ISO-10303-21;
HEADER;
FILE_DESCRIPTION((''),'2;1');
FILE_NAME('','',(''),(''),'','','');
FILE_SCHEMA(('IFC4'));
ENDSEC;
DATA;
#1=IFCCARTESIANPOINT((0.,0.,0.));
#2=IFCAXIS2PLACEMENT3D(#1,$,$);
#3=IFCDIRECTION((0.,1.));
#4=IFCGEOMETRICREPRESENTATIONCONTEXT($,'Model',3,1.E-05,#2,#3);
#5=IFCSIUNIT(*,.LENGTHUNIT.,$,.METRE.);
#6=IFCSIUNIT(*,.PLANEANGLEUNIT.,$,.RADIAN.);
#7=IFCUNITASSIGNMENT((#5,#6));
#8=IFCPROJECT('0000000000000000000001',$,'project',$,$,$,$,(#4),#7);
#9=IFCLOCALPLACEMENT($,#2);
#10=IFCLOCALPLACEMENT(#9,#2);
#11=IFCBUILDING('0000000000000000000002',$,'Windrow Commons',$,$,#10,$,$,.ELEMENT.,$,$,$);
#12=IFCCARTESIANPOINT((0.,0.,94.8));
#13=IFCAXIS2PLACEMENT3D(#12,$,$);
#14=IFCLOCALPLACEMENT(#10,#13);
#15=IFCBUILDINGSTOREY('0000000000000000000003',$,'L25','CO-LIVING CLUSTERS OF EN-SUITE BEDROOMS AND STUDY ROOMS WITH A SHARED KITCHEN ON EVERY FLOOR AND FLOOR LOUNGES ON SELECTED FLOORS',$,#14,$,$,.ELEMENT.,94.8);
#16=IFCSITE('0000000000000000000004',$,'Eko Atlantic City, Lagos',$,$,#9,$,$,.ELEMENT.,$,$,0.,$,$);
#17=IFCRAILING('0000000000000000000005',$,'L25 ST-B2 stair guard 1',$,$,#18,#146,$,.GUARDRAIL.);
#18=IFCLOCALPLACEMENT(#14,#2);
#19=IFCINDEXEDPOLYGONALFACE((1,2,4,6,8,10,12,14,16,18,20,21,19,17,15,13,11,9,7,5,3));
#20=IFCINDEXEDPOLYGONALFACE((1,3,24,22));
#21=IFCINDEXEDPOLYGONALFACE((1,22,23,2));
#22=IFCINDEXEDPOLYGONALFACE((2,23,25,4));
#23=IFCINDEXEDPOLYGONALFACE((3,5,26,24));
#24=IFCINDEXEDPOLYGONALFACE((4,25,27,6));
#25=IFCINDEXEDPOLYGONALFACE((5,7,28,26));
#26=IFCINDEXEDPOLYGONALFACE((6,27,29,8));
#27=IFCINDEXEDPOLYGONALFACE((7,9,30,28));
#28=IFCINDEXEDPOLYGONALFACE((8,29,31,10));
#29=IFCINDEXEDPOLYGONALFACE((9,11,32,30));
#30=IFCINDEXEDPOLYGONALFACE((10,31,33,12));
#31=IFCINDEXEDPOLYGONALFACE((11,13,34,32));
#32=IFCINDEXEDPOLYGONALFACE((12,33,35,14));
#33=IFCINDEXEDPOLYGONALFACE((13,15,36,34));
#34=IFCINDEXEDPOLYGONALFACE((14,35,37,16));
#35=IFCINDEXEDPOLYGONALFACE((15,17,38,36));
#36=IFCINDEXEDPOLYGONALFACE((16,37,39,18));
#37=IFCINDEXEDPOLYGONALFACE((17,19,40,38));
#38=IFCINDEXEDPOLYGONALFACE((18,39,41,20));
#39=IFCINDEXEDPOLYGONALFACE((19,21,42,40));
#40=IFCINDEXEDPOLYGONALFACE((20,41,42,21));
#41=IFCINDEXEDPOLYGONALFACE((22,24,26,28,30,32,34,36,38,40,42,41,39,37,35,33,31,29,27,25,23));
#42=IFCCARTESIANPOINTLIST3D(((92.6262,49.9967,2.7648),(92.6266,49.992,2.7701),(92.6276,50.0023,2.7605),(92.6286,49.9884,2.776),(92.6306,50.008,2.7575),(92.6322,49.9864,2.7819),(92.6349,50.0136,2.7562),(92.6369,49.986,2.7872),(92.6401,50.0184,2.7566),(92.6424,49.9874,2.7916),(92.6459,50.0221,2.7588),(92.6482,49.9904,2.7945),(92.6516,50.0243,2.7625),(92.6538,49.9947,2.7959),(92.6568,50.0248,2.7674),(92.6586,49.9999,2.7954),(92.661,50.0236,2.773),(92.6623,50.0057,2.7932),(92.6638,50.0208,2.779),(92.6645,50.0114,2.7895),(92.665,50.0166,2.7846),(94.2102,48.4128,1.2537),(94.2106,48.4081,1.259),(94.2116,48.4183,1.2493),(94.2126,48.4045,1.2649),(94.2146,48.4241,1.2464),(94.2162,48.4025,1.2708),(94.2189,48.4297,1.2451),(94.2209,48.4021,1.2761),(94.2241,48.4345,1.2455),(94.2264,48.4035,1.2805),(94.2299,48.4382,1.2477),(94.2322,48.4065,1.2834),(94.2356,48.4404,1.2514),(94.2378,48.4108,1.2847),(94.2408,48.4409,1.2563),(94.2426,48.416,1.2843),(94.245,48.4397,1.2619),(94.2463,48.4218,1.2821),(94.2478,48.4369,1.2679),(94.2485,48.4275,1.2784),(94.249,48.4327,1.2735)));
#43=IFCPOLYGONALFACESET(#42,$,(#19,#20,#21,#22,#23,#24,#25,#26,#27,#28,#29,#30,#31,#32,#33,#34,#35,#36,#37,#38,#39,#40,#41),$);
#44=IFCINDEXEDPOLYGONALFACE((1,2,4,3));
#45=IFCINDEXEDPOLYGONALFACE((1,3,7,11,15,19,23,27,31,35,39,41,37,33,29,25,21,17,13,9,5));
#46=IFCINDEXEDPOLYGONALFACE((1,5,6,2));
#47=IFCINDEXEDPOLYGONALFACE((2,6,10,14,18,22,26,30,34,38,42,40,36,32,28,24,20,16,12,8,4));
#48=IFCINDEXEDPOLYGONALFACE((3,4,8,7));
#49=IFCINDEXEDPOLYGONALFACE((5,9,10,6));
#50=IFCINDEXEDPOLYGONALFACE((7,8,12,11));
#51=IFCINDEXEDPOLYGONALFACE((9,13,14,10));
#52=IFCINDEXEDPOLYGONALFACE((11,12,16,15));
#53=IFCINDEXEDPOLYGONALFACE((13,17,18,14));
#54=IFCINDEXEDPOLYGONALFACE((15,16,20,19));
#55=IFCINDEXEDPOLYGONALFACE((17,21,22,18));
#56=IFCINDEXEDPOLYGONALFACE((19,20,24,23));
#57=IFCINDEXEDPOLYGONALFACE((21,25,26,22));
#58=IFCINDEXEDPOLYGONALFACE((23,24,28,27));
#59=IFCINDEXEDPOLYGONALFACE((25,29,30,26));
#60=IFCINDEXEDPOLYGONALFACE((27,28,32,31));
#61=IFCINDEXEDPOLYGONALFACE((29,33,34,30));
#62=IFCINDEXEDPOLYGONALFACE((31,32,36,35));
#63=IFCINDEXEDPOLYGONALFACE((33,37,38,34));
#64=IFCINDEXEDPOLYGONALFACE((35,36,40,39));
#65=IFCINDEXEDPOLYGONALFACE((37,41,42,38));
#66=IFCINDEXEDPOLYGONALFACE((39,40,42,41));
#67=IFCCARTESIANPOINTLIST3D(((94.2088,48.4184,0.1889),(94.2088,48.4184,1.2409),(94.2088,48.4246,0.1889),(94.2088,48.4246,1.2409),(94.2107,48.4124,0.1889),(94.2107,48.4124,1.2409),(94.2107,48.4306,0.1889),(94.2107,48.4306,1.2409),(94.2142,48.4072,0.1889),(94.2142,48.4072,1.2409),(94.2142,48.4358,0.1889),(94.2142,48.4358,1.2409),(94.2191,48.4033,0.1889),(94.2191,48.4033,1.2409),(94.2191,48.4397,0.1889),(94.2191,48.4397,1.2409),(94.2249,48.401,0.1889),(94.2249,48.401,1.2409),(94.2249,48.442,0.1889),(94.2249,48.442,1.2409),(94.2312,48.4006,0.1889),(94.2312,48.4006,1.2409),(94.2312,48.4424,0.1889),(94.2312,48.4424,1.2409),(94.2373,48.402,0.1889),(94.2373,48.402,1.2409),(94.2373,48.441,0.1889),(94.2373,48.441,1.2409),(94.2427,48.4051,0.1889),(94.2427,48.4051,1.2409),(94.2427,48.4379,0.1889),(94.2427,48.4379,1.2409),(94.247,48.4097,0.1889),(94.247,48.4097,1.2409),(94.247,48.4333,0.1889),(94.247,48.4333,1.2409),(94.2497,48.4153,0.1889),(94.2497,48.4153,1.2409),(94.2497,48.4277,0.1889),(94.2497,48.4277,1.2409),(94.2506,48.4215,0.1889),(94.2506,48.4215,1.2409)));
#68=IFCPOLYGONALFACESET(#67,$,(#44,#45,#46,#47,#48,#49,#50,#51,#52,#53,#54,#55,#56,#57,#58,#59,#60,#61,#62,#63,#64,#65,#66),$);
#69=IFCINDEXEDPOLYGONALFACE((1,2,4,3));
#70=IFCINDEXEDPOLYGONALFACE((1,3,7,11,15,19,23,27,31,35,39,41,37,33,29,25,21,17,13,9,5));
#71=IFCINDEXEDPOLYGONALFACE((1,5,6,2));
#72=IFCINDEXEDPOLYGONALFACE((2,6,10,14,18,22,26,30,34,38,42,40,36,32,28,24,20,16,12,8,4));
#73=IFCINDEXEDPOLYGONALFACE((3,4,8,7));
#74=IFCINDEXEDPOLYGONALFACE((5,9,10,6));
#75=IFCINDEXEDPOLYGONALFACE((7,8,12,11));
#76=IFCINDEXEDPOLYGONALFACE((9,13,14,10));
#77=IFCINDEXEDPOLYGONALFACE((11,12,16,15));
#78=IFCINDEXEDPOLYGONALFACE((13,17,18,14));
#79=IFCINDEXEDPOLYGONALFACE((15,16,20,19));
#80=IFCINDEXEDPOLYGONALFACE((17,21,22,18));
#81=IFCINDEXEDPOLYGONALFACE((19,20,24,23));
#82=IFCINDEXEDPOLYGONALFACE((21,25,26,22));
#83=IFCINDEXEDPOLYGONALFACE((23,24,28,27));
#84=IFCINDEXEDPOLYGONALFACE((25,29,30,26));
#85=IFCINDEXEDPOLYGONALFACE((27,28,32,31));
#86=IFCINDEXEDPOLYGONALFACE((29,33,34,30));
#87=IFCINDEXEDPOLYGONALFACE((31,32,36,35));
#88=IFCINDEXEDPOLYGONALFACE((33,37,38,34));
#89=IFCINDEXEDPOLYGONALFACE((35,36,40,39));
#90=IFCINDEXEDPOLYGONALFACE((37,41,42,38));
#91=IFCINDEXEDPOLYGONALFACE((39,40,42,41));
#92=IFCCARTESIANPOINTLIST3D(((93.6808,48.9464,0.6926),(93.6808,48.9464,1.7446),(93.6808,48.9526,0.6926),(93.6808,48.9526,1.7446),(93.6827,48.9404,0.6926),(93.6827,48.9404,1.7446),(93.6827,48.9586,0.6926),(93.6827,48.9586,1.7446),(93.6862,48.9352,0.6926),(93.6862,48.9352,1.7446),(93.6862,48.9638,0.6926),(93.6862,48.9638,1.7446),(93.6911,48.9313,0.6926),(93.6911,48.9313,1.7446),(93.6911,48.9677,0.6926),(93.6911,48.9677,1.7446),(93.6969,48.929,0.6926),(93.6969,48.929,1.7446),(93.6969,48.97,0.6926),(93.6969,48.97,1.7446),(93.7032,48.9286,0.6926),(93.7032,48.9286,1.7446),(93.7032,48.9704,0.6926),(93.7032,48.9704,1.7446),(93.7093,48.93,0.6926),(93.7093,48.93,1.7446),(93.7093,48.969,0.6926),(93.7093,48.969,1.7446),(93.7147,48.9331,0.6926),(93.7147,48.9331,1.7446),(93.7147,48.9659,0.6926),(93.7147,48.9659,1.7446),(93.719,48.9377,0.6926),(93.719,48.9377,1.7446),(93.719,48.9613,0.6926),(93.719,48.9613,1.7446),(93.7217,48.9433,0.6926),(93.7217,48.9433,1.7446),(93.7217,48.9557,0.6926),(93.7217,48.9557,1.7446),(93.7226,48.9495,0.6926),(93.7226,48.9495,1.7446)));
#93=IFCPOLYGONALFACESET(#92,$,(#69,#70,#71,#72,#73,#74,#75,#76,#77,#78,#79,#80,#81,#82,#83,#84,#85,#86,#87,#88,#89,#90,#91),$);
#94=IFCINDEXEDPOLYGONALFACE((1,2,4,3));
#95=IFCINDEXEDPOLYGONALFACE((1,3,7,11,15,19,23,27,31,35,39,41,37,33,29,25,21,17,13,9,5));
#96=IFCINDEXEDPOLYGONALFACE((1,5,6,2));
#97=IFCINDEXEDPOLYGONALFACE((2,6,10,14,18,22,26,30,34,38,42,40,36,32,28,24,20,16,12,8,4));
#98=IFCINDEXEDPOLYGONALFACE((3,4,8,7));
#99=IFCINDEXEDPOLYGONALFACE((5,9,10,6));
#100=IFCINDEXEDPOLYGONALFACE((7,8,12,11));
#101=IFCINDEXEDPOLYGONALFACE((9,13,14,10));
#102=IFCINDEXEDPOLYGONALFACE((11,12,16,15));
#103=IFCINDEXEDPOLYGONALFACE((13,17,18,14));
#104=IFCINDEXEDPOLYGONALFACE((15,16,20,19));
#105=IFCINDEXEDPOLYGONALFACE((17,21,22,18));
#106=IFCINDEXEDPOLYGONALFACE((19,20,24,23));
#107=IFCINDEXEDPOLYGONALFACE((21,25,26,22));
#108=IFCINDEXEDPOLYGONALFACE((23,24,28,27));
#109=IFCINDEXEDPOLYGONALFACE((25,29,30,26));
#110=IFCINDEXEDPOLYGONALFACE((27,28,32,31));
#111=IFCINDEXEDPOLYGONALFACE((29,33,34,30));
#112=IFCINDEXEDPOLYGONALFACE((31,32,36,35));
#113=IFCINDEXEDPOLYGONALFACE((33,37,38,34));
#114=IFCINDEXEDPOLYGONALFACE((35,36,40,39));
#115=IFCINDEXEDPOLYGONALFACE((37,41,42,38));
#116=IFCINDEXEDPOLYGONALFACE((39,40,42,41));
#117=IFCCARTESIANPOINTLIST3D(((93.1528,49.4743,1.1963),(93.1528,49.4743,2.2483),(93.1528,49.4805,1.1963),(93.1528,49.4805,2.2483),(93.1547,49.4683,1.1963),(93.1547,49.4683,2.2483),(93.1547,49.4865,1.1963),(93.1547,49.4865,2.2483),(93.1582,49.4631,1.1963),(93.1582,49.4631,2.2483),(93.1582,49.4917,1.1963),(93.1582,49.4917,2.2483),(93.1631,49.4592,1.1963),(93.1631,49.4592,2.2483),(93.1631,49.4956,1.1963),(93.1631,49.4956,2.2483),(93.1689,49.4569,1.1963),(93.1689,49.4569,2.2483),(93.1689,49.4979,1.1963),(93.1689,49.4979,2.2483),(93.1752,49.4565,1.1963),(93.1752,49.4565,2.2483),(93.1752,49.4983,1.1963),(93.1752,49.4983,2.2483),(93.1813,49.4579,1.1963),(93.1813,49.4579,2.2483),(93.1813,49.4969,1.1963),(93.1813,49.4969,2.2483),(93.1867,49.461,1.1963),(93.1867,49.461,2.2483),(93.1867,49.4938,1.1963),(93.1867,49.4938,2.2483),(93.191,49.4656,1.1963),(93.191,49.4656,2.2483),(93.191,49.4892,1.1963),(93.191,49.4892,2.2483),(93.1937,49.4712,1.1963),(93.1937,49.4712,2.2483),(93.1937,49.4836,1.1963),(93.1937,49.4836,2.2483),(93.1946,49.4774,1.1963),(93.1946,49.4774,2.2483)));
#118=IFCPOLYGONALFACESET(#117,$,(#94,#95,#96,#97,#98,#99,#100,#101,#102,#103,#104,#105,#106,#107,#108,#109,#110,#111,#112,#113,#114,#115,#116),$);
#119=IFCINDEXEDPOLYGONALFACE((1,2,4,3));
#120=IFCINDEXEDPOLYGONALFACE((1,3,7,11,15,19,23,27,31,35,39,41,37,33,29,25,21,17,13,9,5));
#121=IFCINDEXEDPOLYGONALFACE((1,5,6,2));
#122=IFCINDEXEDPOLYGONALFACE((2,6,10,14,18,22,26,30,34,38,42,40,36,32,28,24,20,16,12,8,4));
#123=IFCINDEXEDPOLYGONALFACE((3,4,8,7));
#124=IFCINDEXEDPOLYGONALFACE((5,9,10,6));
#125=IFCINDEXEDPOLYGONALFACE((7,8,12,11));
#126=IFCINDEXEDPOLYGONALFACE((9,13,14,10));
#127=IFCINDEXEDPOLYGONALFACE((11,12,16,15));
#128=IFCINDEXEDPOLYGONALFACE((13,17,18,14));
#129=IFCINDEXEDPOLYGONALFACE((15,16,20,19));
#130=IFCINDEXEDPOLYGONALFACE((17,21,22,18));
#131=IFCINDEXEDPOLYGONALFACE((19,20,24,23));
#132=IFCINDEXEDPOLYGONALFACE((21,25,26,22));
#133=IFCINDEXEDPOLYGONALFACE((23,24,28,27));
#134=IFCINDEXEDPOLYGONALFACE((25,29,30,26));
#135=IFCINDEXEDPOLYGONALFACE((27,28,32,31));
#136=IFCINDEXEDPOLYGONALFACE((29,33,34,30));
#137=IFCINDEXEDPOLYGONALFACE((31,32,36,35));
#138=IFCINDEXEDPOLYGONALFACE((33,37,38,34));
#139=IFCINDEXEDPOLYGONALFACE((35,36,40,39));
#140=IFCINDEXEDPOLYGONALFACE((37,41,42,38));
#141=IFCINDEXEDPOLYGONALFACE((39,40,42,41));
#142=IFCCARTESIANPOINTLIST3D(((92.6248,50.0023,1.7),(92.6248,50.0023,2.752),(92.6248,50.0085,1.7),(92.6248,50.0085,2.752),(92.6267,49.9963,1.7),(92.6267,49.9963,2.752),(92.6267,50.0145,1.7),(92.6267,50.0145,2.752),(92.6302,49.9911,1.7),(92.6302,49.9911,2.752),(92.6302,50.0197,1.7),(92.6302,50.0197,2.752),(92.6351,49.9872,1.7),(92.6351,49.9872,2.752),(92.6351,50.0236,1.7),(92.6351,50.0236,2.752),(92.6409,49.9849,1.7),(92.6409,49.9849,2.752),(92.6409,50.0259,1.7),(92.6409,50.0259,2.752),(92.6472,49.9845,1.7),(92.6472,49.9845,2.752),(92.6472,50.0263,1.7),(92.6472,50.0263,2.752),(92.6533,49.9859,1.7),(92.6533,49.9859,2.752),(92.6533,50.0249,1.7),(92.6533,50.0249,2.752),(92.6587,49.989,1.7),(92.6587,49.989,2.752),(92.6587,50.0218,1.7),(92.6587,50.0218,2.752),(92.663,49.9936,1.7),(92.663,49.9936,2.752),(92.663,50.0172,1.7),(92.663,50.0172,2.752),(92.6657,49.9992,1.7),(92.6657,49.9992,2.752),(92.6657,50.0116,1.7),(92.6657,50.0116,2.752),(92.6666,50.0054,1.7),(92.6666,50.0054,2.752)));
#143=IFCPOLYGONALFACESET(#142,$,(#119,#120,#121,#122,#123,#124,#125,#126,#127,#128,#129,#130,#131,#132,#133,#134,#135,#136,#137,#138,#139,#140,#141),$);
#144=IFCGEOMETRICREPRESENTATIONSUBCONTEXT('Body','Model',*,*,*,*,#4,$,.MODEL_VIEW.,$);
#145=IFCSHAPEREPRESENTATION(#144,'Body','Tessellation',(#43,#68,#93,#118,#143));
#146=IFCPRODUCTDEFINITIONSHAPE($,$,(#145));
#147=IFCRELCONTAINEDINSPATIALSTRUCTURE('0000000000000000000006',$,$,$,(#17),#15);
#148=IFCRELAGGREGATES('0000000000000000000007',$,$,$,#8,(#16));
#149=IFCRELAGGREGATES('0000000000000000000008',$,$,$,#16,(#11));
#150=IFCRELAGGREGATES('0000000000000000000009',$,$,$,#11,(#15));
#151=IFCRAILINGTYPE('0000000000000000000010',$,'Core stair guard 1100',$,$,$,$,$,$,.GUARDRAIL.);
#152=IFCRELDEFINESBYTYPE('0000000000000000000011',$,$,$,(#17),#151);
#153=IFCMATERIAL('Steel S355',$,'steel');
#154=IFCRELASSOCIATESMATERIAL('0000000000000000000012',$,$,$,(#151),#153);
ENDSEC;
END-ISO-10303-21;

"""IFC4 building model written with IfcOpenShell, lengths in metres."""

from ifc_helpers import new_model, si_unit, direction, frame, origin, origin_2d, place, context, subcontext, project, spatial, circle, extrude, material, type_object, element, save


model = new_model("IFC4")

# Units and contexts
model_context = context("Model", 3, precision=1e-05, world=origin(), true_north=direction((0.0, 1.0)))
body_context = subcontext(model_context, "Body", "Model", "MODEL_VIEW")
ifc_project = project(units=[si_unit("LENGTHUNIT", "METRE"), si_unit("PLANEANGLEUNIT", "RADIAN")], contexts=[model_context])

# Site, building, storey
site_placement = place(None, origin())
site = spatial("IfcSite", under=ifc_project, at=site_placement, Name="Eko Atlantic City, Lagos", CompositionType="ELEMENT", RefElevation=0.0)
building_placement = place(site_placement, origin())
building = spatial("IfcBuilding", under=site, at=building_placement, Name="Windrow Commons", CompositionType="ELEMENT")
storey_placement = place(building_placement, frame((0.0, 0.0, 94.8)))
storey = spatial("IfcBuildingStorey", under=building, at=storey_placement, Name="L25", Description="CO-LIVING CLUSTERS OF EN-SUITE BEDROOMS AND STUDY ROOMS WITH A SHARED KITCHEN ON EVERY FLOOR AND FLOOR LOUNGES ON SELECTED FLOORS", CompositionType="ELEMENT", Elevation=94.8)

# Railing
ifc_material_1 = material(Name="Steel S355", Category="steel")
railing_type_1 = type_object("IfcRailingType", Name="Core stair guard 1100", PredefinedType="GUARDRAIL", material=ifc_material_1)
railing_1_placement = place(storey_placement, frame((94.2296, 48.4215, 0.1889)))
element("IfcRailing", 1, at=railing_1_placement, inside=storey, type_object=railing_type_1, Name="L25 ST-B2 stair guard 1", PredefinedType="GUARDRAIL", context=body_context, shape_type="SweptSolid", body=[
    extrude(circle(Radius=0.024, at=origin_2d()), frame((0.0, 0.0, 1.076), z_axis=(-0.586216, 0.586179, 0.559237), x_axis=(-0.707084, -0.707129, 0.0)), (0.0, 0.0, 1.0), 2.7021),
    extrude(circle(Radius=0.021, at=origin_2d()), origin(), (0.0, 0.0, 1.0), 1.052),
    extrude(circle(Radius=0.021, at=origin_2d()), frame((-0.528, 0.528, 0.5037)), (0.0, 0.0, 1.0), 1.052),
    extrude(circle(Radius=0.021, at=origin_2d()), frame((-1.056, 1.0559, 1.0074)), (0.0, 0.0, 1.0), 1.052),
    extrude(circle(Radius=0.021, at=origin_2d()), frame((-1.584, 1.5839, 1.5111)), (0.0, 0.0, 1.0), 1.052),
])

save(model, "model.ifc")
